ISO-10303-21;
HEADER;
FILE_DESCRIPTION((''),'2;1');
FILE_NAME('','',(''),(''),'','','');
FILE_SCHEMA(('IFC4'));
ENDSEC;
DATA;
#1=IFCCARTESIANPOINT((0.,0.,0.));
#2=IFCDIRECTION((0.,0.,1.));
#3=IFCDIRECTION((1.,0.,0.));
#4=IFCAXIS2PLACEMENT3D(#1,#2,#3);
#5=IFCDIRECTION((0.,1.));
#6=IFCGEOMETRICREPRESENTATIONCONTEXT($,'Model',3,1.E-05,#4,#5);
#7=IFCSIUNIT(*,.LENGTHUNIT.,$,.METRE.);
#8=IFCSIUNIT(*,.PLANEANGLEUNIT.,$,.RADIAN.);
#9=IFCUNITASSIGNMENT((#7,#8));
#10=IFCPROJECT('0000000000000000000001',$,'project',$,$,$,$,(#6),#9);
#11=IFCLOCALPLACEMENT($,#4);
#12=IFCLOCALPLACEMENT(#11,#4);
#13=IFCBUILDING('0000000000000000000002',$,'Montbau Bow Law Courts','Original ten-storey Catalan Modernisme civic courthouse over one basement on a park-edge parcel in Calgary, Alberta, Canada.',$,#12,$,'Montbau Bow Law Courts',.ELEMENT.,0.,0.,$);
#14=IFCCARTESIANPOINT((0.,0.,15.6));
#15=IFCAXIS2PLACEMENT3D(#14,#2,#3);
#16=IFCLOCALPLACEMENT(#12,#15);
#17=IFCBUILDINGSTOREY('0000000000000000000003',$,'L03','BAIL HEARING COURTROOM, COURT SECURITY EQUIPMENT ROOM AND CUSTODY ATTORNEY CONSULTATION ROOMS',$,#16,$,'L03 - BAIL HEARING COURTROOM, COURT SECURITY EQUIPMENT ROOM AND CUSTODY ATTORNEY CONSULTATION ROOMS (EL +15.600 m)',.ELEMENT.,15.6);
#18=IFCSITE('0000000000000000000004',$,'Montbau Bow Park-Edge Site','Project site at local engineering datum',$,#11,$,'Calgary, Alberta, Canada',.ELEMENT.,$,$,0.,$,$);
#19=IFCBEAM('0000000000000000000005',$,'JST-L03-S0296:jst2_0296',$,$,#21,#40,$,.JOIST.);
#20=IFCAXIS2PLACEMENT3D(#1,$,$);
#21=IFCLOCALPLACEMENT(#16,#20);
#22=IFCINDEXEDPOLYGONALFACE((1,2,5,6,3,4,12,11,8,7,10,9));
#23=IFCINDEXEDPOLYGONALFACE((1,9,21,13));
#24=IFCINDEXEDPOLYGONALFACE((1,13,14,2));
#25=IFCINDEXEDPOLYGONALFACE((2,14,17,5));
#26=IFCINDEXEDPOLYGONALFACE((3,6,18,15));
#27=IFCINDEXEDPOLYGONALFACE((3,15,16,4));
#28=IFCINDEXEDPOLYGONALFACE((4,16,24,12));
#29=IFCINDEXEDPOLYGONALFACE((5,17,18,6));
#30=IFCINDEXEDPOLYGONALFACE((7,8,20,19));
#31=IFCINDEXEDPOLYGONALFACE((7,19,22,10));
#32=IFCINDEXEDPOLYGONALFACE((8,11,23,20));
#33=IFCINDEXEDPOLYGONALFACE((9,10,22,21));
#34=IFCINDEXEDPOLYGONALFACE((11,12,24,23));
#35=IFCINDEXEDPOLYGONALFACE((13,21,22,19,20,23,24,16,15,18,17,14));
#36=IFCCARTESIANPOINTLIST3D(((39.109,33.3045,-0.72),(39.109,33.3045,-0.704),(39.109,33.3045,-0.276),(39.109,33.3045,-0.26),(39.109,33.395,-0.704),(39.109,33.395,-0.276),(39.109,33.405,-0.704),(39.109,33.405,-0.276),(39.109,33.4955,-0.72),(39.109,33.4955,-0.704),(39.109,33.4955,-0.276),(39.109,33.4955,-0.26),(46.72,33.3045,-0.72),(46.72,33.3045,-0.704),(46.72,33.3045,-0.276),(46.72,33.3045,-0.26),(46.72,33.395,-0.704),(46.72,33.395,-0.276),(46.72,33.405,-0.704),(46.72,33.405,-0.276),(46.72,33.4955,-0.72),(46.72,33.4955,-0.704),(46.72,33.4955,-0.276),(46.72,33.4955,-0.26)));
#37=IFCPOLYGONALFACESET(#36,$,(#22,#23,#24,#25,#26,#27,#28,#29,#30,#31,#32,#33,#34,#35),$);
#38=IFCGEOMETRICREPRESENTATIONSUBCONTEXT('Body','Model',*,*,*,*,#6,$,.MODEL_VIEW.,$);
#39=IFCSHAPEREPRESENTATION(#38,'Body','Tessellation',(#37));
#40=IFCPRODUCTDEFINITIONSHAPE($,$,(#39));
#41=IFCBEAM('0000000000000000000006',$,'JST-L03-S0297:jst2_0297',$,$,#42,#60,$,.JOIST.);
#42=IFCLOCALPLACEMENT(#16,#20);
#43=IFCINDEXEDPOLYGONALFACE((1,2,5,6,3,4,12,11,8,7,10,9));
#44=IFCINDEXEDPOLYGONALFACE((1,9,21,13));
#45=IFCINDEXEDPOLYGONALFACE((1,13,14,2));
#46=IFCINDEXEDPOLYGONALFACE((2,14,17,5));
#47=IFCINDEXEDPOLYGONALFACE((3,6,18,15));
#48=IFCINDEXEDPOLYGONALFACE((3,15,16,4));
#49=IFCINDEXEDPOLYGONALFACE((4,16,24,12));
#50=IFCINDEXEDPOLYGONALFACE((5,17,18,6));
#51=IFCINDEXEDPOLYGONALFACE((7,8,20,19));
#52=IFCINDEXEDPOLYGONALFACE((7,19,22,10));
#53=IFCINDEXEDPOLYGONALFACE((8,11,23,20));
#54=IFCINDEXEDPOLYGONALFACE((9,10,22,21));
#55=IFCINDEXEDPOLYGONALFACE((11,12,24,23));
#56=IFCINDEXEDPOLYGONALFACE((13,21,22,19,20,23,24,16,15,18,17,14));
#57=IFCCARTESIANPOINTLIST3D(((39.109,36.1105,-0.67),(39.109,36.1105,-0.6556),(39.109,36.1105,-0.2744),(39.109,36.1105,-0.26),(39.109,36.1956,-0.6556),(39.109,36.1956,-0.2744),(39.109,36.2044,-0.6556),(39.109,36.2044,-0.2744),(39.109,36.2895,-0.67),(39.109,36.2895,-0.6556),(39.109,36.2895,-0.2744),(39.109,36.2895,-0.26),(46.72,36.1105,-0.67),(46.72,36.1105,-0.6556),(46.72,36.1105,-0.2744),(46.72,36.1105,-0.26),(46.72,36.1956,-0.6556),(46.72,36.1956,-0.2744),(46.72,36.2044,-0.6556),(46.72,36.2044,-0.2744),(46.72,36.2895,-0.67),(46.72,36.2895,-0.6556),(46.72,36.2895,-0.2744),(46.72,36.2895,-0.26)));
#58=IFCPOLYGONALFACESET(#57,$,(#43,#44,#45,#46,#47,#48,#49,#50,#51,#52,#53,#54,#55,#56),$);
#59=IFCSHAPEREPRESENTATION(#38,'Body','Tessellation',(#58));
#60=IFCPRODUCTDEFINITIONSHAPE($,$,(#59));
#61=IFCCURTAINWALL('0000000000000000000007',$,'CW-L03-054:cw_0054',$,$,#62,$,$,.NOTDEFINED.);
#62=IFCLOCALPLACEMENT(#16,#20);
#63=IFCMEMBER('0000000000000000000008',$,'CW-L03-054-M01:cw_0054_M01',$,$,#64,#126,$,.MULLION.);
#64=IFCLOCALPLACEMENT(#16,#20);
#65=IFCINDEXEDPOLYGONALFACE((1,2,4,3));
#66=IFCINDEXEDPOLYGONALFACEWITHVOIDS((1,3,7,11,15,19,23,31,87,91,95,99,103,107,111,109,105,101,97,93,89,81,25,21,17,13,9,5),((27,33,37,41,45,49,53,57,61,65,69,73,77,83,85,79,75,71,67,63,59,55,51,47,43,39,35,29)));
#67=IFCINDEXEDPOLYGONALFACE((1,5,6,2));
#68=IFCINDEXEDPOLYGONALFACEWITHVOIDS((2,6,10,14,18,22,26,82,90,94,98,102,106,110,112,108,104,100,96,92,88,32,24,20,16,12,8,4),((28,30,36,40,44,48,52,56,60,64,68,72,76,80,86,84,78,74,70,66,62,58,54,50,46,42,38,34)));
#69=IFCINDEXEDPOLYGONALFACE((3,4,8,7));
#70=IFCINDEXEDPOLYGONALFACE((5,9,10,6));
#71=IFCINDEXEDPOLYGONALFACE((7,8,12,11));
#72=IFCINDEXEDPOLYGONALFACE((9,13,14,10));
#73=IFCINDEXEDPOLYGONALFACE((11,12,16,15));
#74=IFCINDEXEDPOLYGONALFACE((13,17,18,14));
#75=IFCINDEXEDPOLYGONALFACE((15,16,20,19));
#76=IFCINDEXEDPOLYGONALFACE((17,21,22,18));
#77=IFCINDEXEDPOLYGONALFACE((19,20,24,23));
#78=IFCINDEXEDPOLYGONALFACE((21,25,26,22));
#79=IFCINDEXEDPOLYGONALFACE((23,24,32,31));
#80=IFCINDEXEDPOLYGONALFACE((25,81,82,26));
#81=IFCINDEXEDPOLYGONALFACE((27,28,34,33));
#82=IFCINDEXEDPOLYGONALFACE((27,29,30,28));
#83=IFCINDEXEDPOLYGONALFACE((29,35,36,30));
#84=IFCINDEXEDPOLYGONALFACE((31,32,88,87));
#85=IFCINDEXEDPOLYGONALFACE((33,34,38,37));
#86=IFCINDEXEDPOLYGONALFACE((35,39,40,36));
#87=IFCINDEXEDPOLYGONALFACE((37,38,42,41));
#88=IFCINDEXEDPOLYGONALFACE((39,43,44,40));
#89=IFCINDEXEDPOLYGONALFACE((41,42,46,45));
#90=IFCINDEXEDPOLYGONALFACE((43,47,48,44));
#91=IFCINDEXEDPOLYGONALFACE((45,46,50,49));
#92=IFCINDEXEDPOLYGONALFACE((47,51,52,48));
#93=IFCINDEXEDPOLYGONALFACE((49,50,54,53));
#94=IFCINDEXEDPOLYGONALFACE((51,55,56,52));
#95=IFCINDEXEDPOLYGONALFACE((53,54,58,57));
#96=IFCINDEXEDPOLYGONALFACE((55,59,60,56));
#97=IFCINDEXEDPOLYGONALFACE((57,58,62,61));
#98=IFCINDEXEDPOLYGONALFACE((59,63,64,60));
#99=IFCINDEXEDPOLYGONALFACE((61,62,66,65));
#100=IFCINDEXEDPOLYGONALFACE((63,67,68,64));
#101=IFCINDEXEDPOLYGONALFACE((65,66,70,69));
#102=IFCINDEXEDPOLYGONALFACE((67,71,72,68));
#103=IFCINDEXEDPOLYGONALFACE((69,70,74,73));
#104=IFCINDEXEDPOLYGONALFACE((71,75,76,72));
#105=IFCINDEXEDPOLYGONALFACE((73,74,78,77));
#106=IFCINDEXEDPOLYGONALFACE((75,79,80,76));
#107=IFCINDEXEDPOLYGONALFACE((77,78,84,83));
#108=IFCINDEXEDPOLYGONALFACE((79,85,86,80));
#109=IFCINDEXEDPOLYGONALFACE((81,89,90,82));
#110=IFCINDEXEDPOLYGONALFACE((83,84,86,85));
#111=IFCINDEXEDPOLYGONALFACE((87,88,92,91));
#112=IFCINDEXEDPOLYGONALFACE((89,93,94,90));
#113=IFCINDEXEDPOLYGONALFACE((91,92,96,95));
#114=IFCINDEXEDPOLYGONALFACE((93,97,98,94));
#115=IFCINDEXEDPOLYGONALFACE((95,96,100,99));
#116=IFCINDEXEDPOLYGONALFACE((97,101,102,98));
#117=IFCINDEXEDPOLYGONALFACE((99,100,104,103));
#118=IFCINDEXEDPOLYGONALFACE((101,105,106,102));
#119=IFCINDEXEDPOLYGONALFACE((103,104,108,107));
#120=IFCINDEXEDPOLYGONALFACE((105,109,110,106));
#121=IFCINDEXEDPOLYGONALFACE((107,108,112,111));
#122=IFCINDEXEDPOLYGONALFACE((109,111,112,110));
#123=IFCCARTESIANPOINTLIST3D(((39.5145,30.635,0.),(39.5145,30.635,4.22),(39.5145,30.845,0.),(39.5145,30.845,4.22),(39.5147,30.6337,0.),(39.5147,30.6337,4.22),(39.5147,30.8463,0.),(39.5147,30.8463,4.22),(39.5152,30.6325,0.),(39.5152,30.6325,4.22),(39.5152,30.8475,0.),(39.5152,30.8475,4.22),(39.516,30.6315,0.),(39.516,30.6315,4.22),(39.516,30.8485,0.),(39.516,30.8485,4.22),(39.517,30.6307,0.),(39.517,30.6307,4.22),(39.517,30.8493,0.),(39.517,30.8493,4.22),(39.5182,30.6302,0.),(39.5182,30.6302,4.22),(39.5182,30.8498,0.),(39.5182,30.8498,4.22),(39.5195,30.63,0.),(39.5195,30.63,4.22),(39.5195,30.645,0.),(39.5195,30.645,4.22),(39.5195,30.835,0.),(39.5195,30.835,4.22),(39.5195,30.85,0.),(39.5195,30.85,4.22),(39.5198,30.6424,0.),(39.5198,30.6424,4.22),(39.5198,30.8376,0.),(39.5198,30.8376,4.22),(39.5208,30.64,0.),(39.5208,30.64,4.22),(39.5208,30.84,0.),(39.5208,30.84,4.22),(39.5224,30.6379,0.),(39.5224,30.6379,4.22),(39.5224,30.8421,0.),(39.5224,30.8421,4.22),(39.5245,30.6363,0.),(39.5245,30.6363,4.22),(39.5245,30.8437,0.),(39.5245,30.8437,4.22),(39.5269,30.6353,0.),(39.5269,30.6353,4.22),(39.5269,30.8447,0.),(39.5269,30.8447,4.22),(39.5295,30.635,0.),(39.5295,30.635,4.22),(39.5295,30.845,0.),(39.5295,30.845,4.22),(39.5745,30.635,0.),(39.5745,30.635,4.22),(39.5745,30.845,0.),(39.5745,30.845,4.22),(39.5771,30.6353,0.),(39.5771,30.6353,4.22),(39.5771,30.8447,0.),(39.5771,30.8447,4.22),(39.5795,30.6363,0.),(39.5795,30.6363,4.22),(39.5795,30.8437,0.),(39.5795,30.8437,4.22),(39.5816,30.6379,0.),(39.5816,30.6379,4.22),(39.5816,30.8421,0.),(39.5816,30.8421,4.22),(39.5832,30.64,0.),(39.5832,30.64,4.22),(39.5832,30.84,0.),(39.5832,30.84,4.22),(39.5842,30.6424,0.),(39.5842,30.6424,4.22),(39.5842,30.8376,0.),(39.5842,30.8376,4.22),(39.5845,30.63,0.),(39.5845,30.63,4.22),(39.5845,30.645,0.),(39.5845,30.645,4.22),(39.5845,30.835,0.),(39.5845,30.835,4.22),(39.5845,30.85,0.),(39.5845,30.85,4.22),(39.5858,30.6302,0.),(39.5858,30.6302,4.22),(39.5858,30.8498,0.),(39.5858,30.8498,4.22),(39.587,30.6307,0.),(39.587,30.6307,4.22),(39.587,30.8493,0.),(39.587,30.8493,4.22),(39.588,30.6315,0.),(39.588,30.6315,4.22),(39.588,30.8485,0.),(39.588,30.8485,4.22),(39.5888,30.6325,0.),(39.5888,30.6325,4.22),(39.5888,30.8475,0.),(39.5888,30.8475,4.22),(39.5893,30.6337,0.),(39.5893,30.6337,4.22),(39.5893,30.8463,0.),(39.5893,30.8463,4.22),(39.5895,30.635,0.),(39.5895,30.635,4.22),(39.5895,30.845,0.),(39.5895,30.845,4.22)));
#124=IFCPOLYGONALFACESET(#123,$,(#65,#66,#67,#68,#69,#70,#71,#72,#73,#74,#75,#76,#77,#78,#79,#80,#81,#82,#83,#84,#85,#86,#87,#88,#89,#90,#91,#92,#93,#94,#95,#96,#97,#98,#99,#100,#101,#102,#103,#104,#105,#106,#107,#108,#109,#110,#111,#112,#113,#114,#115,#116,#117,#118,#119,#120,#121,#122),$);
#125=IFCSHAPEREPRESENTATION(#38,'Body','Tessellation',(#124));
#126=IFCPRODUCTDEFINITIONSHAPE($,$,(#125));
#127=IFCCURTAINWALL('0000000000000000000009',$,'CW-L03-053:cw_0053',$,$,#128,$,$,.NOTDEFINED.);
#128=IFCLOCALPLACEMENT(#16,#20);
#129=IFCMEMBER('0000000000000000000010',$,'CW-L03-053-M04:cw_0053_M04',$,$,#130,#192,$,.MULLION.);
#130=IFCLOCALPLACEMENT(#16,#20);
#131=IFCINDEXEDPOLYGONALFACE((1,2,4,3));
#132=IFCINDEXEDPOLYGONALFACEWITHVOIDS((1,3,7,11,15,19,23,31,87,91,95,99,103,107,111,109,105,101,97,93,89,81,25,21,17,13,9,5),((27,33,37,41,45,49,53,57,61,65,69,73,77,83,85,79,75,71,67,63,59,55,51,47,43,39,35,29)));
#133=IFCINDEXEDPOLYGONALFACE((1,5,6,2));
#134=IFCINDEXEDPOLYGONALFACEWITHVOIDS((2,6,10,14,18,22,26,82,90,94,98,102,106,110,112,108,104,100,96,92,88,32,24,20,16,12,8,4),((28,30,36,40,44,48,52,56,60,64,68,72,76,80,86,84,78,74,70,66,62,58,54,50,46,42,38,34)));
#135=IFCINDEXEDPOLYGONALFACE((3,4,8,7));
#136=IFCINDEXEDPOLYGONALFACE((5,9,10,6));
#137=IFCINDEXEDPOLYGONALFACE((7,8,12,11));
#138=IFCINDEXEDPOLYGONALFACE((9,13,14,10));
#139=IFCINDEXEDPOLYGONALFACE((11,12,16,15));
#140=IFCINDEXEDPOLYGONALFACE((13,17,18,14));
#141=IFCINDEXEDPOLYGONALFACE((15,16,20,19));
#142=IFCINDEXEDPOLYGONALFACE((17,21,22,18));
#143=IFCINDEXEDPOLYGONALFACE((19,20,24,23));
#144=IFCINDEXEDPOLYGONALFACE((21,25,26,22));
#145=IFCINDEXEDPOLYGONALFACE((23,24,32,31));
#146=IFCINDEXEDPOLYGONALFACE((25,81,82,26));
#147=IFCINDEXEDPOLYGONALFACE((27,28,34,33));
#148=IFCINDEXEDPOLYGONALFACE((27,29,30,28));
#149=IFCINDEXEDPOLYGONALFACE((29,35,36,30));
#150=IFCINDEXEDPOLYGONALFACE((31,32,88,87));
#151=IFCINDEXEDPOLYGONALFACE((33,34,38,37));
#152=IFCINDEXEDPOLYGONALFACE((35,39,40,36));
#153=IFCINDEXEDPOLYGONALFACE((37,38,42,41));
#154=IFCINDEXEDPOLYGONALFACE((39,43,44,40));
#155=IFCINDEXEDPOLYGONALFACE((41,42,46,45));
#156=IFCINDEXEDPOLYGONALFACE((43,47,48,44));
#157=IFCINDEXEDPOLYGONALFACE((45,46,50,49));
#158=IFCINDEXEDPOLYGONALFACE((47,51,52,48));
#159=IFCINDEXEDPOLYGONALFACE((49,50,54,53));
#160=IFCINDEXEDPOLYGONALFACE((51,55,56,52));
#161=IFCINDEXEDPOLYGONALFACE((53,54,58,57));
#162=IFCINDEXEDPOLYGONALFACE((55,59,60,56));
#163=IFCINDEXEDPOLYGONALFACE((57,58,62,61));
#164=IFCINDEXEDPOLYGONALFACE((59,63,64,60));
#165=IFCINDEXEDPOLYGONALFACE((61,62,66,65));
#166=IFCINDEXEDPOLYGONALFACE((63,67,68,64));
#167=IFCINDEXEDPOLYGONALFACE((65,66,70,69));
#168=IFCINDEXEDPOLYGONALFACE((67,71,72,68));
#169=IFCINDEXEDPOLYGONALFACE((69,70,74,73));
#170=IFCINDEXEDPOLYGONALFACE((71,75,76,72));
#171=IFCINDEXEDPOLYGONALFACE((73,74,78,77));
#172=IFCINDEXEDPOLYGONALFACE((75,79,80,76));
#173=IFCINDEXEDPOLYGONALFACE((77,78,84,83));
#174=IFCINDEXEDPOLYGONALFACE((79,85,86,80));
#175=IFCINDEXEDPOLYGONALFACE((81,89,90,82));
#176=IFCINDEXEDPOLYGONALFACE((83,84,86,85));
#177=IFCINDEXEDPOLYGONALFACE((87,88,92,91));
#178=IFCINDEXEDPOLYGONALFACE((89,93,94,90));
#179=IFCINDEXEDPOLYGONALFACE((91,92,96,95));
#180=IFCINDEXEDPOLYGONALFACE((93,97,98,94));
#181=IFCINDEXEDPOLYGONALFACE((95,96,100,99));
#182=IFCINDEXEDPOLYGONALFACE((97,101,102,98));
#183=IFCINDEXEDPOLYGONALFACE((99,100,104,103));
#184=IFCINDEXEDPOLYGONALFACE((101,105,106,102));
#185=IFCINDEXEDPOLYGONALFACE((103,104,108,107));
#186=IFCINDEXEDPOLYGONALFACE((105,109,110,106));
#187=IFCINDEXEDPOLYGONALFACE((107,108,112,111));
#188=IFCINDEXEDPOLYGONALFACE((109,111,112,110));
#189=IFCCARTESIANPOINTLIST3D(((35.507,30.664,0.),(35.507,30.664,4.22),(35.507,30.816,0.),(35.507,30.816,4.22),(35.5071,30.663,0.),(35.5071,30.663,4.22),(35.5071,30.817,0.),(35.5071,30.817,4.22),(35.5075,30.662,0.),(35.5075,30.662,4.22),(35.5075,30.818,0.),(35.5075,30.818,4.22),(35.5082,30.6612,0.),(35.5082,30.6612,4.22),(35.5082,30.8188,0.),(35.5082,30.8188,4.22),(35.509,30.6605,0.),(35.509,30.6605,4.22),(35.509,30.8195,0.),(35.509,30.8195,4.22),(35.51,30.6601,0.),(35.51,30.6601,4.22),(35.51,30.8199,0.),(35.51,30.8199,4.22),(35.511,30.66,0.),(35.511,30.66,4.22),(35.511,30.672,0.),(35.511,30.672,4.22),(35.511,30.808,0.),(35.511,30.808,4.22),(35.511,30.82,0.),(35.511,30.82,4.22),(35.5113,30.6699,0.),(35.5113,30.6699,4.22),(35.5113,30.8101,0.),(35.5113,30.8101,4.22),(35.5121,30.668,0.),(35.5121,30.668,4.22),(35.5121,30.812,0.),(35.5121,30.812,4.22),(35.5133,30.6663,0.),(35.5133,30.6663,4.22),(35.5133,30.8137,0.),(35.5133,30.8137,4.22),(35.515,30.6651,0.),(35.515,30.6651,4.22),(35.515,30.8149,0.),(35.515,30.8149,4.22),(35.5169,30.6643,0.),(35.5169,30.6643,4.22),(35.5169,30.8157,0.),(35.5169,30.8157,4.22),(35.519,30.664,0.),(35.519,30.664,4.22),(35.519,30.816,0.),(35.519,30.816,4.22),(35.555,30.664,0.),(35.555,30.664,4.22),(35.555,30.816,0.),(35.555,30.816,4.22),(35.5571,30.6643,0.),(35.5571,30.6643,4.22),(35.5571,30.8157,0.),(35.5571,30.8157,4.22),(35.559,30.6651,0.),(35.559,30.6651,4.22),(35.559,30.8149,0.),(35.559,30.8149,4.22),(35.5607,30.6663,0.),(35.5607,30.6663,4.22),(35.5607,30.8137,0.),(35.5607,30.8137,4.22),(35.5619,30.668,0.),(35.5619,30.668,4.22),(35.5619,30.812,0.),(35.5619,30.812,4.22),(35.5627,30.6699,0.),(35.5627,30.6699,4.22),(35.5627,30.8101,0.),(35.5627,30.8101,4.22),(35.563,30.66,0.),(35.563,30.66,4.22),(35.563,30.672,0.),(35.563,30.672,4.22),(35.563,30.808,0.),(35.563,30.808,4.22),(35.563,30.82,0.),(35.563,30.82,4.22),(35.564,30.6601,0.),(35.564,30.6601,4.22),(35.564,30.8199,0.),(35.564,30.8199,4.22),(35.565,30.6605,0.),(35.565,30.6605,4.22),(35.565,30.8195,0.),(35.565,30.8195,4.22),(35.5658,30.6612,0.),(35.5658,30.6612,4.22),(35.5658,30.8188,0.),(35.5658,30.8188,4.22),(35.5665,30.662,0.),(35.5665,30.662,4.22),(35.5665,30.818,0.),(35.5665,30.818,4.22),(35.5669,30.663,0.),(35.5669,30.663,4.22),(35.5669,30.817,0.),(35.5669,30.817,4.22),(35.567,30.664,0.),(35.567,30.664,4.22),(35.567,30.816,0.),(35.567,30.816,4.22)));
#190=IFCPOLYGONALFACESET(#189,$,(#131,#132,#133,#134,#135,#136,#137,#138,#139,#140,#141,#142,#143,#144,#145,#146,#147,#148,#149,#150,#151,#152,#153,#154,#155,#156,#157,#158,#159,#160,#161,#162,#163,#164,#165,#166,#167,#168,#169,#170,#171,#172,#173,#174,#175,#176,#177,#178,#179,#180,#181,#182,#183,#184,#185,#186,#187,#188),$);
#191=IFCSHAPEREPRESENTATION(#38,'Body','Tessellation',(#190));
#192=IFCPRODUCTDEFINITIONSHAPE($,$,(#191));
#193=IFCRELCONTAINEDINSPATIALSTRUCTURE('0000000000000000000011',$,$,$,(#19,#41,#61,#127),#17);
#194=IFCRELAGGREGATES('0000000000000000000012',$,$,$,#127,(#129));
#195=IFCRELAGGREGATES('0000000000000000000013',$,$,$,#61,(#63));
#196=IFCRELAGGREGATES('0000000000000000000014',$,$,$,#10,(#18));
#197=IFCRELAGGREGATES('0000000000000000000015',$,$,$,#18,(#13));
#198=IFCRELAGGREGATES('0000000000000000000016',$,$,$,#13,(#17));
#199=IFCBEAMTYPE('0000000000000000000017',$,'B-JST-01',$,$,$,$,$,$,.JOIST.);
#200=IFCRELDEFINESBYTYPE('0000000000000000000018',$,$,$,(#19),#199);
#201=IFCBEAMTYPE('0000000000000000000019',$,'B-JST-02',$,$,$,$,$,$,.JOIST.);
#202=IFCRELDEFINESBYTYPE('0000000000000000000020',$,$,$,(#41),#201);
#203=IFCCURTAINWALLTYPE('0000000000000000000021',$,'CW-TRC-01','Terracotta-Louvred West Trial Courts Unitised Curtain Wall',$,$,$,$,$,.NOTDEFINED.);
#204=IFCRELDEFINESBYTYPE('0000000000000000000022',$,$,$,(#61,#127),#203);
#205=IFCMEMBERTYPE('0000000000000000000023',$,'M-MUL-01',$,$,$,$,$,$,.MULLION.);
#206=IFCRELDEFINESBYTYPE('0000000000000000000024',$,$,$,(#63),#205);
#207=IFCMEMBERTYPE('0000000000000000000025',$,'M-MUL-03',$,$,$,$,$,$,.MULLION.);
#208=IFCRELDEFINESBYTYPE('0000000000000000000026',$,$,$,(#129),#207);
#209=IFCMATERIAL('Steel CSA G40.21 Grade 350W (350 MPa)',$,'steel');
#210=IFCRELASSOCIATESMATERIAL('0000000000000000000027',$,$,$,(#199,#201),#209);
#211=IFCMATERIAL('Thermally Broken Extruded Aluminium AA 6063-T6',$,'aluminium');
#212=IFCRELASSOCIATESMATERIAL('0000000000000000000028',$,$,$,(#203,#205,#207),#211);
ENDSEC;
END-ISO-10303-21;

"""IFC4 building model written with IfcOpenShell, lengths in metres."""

from ifc_helpers import new_model, si_unit, direction, frame, origin_with_axes, origin_2d_with_axis, place, context, subcontext, project, spatial, hollow_rectangle, i_section, extrude, material, material_profile, profile_set, type_object, element, aggregate, save


model = new_model("IFC4")

# Units and contexts
model_context = context("Model", 3, precision=1e-05, world=origin_with_axes(), true_north=direction((0.0, 1.0)))
body_context = subcontext(model_context, "Body", "Model", "MODEL_VIEW")
ifc_project = project(units=[si_unit("LENGTHUNIT", "METRE"), si_unit("PLANEANGLEUNIT", "RADIAN")], contexts=[model_context])

# Site, building, storey
site_placement = place(None, origin_with_axes())
site = spatial("IfcSite", under=ifc_project, at=site_placement, Name="Montbau Bow Park-Edge Site", Description="Project site at local engineering datum", LongName="Calgary, Alberta, Canada", CompositionType="ELEMENT", RefElevation=0.0)
building_placement = place(site_placement, origin_with_axes())
building = spatial("IfcBuilding", under=site, at=building_placement, Name="Montbau Bow Law Courts", Description="Original ten-storey Catalan Modernisme civic courthouse over one basement on a park-edge parcel in Calgary, Alberta, Canada.", LongName="Montbau Bow Law Courts", CompositionType="ELEMENT", ElevationOfRefHeight=0.0, ElevationOfTerrain=0.0)
storey_placement = place(building_placement, frame((0.0, 0.0, 15.6), z_axis=(0.0, 0.0, 1.0), x_axis=(1.0, 0.0, 0.0)))
storey = spatial("IfcBuildingStorey", under=building, at=storey_placement, Name="L03", Description="BAIL HEARING COURTROOM, COURT SECURITY EQUIPMENT ROOM AND CUSTODY ATTORNEY CONSULTATION ROOMS", LongName="L03 - BAIL HEARING COURTROOM, COURT SECURITY EQUIPMENT ROOM AND CUSTODY ATTORNEY CONSULTATION ROOMS (EL +15.600 m)", CompositionType="ELEMENT", Elevation=15.6)

# Beams
ifc_material_1 = material(Name="Steel CSA G40.21 Grade 350W (350 MPa)", Category="steel")
ifc_material_profile_1 = material_profile(ifc_material_1, i_section(OverallWidth=0.191, OverallDepth=0.46, WebThickness=0.0099, FlangeThickness=0.016, at=origin_2d_with_axis()), Name="W460X82", Category="Main", Priority=0)
ifc_profile_set_1 = profile_set([ifc_material_profile_1], Name="Steel CSA G40.21 Grade 350W (350 MPa)")
beam_type_1 = type_object("IfcBeamType", Name="B-JST-01", PredefinedType="JOIST", material=ifc_profile_set_1)
beam_1_placement = place(None, frame((39.109, 33.4, 15.11), z_axis=(1.0, 0.0, 0.0), x_axis=(0.0, 1.0, 0.0)))
element("IfcBeam", 1, at=beam_1_placement, inside=storey, type_object=beam_type_1, Name="JST-L03-S0296:jst2_0296", PredefinedType="JOIST", context=body_context, shape_type="SweptSolid", body=[
    extrude(i_section(OverallWidth=0.191, OverallDepth=0.46, WebThickness=0.0099, FlangeThickness=0.016, at=origin_2d_with_axis()), origin_with_axes(), (0.0, 0.0, 1.0), 7.611),
])
ifc_material_profile_2 = material_profile(ifc_material_1, i_section(OverallWidth=0.179, OverallDepth=0.41, WebThickness=0.0088, FlangeThickness=0.0144, at=origin_2d_with_axis()), Name="W410X67", Category="Main", Priority=0)
ifc_profile_set_2 = profile_set([ifc_material_profile_2], Name="Steel CSA G40.21 Grade 350W (350 MPa)")
beam_type_2 = type_object("IfcBeamType", Name="B-JST-02", PredefinedType="JOIST", material=ifc_profile_set_2)
beam_2_placement = place(None, frame((39.109, 36.2, 15.135), z_axis=(1.0, 0.0, 0.0), x_axis=(0.0, 1.0, 0.0)))
element("IfcBeam", 2, at=beam_2_placement, inside=storey, type_object=beam_type_2, Name="JST-L03-S0297:jst2_0297", PredefinedType="JOIST", context=body_context, shape_type="SweptSolid", body=[
    extrude(i_section(OverallWidth=0.179, OverallDepth=0.41, WebThickness=0.0088, FlangeThickness=0.0144, at=origin_2d_with_axis()), origin_with_axes(), (0.0, 0.0, 1.0), 7.611),
])

# Curtain wall, member
ifc_material_2 = material(Name="Thermally Broken Extruded Aluminium AA 6063-T6", Category="aluminium")
curtain_wall_type = type_object("IfcCurtainWallType", Name="CW-TRC-01", Description="Terracotta-Louvred West Trial Courts Unitised Curtain Wall", PredefinedType="NOTDEFINED", material=ifc_material_2)
curtain_wall_1_placement = place(None, frame((39.515, 30.74, 15.6), z_axis=(0.0, 0.0, 1.0), x_axis=(1.0, 0.0, 0.0)))
curtain_wall_1 = element("IfcCurtainWall", 3, at=curtain_wall_1_placement, inside=storey, type_object=curtain_wall_type, Name="CW-L03-054:cw_0054", PredefinedType="NOTDEFINED")
ifc_material_profile_3 = material_profile(ifc_material_2, hollow_rectangle(XDim=0.075, YDim=0.22, WallThickness=0.005, InnerFilletRadius=0.01, OuterFilletRadius=0.005, at=origin_2d_with_axis()), Name="CWM-220X75", Category="Main", Priority=0)
ifc_profile_set_3 = profile_set([ifc_material_profile_3], Name="Thermally Broken Extruded Aluminium AA 6063-T6")
member_type_1 = type_object("IfcMemberType", Name="M-MUL-01", PredefinedType="MULLION", material=ifc_profile_set_3)
member_1_placement = place(None, frame((39.552, 30.74, 15.6), z_axis=(0.0, 0.0, 1.0), x_axis=(1.0, 0.0, 0.0)))
member_1 = element("IfcMember", 4, at=member_1_placement, type_object=member_type_1, Name="CW-L03-054-M01:cw_0054_M01", PredefinedType="MULLION", context=body_context, shape_type="SweptSolid", body=[
    extrude(hollow_rectangle(XDim=0.075, YDim=0.22, WallThickness=0.005, InnerFilletRadius=0.01, OuterFilletRadius=0.005, at=origin_2d_with_axis()), origin_with_axes(), (0.0, 0.0, 1.0), 4.22),
])

# Curtain wall, member
curtain_wall_2_placement = place(None, frame((31.115, 30.74, 15.6), z_axis=(0.0, 0.0, 1.0), x_axis=(1.0, 0.0, 0.0)))
curtain_wall_2 = element("IfcCurtainWall", 5, at=curtain_wall_2_placement, inside=storey, type_object=curtain_wall_type, Name="CW-L03-053:cw_0053", PredefinedType="NOTDEFINED")
ifc_material_profile_4 = material_profile(ifc_material_2, hollow_rectangle(XDim=0.06, YDim=0.16, WallThickness=0.004, InnerFilletRadius=0.008, OuterFilletRadius=0.004, at=origin_2d_with_axis()), Name="CWM-160X60", Category="Main", Priority=0)
ifc_profile_set_4 = profile_set([ifc_material_profile_4], Name="Thermally Broken Extruded Aluminium AA 6063-T6")
member_type_2 = type_object("IfcMemberType", Name="M-MUL-03", PredefinedType="MULLION", material=ifc_profile_set_4)
member_2_placement = place(None, frame((35.537, 30.74, 15.6), z_axis=(0.0, 0.0, 1.0), x_axis=(1.0, 0.0, 0.0)))
member_2 = element("IfcMember", 6, at=member_2_placement, type_object=member_type_2, Name="CW-L03-053-M04:cw_0053_M04", PredefinedType="MULLION", context=body_context, shape_type="SweptSolid", body=[
    extrude(hollow_rectangle(XDim=0.06, YDim=0.16, WallThickness=0.004, InnerFilletRadius=0.008, OuterFilletRadius=0.004, at=origin_2d_with_axis()), origin_with_axes(), (0.0, 0.0, 1.0), 4.22),
])

aggregate(curtain_wall_2, [member_2])
aggregate(curtain_wall_1, [member_1])

save(model, "model.ifc")
